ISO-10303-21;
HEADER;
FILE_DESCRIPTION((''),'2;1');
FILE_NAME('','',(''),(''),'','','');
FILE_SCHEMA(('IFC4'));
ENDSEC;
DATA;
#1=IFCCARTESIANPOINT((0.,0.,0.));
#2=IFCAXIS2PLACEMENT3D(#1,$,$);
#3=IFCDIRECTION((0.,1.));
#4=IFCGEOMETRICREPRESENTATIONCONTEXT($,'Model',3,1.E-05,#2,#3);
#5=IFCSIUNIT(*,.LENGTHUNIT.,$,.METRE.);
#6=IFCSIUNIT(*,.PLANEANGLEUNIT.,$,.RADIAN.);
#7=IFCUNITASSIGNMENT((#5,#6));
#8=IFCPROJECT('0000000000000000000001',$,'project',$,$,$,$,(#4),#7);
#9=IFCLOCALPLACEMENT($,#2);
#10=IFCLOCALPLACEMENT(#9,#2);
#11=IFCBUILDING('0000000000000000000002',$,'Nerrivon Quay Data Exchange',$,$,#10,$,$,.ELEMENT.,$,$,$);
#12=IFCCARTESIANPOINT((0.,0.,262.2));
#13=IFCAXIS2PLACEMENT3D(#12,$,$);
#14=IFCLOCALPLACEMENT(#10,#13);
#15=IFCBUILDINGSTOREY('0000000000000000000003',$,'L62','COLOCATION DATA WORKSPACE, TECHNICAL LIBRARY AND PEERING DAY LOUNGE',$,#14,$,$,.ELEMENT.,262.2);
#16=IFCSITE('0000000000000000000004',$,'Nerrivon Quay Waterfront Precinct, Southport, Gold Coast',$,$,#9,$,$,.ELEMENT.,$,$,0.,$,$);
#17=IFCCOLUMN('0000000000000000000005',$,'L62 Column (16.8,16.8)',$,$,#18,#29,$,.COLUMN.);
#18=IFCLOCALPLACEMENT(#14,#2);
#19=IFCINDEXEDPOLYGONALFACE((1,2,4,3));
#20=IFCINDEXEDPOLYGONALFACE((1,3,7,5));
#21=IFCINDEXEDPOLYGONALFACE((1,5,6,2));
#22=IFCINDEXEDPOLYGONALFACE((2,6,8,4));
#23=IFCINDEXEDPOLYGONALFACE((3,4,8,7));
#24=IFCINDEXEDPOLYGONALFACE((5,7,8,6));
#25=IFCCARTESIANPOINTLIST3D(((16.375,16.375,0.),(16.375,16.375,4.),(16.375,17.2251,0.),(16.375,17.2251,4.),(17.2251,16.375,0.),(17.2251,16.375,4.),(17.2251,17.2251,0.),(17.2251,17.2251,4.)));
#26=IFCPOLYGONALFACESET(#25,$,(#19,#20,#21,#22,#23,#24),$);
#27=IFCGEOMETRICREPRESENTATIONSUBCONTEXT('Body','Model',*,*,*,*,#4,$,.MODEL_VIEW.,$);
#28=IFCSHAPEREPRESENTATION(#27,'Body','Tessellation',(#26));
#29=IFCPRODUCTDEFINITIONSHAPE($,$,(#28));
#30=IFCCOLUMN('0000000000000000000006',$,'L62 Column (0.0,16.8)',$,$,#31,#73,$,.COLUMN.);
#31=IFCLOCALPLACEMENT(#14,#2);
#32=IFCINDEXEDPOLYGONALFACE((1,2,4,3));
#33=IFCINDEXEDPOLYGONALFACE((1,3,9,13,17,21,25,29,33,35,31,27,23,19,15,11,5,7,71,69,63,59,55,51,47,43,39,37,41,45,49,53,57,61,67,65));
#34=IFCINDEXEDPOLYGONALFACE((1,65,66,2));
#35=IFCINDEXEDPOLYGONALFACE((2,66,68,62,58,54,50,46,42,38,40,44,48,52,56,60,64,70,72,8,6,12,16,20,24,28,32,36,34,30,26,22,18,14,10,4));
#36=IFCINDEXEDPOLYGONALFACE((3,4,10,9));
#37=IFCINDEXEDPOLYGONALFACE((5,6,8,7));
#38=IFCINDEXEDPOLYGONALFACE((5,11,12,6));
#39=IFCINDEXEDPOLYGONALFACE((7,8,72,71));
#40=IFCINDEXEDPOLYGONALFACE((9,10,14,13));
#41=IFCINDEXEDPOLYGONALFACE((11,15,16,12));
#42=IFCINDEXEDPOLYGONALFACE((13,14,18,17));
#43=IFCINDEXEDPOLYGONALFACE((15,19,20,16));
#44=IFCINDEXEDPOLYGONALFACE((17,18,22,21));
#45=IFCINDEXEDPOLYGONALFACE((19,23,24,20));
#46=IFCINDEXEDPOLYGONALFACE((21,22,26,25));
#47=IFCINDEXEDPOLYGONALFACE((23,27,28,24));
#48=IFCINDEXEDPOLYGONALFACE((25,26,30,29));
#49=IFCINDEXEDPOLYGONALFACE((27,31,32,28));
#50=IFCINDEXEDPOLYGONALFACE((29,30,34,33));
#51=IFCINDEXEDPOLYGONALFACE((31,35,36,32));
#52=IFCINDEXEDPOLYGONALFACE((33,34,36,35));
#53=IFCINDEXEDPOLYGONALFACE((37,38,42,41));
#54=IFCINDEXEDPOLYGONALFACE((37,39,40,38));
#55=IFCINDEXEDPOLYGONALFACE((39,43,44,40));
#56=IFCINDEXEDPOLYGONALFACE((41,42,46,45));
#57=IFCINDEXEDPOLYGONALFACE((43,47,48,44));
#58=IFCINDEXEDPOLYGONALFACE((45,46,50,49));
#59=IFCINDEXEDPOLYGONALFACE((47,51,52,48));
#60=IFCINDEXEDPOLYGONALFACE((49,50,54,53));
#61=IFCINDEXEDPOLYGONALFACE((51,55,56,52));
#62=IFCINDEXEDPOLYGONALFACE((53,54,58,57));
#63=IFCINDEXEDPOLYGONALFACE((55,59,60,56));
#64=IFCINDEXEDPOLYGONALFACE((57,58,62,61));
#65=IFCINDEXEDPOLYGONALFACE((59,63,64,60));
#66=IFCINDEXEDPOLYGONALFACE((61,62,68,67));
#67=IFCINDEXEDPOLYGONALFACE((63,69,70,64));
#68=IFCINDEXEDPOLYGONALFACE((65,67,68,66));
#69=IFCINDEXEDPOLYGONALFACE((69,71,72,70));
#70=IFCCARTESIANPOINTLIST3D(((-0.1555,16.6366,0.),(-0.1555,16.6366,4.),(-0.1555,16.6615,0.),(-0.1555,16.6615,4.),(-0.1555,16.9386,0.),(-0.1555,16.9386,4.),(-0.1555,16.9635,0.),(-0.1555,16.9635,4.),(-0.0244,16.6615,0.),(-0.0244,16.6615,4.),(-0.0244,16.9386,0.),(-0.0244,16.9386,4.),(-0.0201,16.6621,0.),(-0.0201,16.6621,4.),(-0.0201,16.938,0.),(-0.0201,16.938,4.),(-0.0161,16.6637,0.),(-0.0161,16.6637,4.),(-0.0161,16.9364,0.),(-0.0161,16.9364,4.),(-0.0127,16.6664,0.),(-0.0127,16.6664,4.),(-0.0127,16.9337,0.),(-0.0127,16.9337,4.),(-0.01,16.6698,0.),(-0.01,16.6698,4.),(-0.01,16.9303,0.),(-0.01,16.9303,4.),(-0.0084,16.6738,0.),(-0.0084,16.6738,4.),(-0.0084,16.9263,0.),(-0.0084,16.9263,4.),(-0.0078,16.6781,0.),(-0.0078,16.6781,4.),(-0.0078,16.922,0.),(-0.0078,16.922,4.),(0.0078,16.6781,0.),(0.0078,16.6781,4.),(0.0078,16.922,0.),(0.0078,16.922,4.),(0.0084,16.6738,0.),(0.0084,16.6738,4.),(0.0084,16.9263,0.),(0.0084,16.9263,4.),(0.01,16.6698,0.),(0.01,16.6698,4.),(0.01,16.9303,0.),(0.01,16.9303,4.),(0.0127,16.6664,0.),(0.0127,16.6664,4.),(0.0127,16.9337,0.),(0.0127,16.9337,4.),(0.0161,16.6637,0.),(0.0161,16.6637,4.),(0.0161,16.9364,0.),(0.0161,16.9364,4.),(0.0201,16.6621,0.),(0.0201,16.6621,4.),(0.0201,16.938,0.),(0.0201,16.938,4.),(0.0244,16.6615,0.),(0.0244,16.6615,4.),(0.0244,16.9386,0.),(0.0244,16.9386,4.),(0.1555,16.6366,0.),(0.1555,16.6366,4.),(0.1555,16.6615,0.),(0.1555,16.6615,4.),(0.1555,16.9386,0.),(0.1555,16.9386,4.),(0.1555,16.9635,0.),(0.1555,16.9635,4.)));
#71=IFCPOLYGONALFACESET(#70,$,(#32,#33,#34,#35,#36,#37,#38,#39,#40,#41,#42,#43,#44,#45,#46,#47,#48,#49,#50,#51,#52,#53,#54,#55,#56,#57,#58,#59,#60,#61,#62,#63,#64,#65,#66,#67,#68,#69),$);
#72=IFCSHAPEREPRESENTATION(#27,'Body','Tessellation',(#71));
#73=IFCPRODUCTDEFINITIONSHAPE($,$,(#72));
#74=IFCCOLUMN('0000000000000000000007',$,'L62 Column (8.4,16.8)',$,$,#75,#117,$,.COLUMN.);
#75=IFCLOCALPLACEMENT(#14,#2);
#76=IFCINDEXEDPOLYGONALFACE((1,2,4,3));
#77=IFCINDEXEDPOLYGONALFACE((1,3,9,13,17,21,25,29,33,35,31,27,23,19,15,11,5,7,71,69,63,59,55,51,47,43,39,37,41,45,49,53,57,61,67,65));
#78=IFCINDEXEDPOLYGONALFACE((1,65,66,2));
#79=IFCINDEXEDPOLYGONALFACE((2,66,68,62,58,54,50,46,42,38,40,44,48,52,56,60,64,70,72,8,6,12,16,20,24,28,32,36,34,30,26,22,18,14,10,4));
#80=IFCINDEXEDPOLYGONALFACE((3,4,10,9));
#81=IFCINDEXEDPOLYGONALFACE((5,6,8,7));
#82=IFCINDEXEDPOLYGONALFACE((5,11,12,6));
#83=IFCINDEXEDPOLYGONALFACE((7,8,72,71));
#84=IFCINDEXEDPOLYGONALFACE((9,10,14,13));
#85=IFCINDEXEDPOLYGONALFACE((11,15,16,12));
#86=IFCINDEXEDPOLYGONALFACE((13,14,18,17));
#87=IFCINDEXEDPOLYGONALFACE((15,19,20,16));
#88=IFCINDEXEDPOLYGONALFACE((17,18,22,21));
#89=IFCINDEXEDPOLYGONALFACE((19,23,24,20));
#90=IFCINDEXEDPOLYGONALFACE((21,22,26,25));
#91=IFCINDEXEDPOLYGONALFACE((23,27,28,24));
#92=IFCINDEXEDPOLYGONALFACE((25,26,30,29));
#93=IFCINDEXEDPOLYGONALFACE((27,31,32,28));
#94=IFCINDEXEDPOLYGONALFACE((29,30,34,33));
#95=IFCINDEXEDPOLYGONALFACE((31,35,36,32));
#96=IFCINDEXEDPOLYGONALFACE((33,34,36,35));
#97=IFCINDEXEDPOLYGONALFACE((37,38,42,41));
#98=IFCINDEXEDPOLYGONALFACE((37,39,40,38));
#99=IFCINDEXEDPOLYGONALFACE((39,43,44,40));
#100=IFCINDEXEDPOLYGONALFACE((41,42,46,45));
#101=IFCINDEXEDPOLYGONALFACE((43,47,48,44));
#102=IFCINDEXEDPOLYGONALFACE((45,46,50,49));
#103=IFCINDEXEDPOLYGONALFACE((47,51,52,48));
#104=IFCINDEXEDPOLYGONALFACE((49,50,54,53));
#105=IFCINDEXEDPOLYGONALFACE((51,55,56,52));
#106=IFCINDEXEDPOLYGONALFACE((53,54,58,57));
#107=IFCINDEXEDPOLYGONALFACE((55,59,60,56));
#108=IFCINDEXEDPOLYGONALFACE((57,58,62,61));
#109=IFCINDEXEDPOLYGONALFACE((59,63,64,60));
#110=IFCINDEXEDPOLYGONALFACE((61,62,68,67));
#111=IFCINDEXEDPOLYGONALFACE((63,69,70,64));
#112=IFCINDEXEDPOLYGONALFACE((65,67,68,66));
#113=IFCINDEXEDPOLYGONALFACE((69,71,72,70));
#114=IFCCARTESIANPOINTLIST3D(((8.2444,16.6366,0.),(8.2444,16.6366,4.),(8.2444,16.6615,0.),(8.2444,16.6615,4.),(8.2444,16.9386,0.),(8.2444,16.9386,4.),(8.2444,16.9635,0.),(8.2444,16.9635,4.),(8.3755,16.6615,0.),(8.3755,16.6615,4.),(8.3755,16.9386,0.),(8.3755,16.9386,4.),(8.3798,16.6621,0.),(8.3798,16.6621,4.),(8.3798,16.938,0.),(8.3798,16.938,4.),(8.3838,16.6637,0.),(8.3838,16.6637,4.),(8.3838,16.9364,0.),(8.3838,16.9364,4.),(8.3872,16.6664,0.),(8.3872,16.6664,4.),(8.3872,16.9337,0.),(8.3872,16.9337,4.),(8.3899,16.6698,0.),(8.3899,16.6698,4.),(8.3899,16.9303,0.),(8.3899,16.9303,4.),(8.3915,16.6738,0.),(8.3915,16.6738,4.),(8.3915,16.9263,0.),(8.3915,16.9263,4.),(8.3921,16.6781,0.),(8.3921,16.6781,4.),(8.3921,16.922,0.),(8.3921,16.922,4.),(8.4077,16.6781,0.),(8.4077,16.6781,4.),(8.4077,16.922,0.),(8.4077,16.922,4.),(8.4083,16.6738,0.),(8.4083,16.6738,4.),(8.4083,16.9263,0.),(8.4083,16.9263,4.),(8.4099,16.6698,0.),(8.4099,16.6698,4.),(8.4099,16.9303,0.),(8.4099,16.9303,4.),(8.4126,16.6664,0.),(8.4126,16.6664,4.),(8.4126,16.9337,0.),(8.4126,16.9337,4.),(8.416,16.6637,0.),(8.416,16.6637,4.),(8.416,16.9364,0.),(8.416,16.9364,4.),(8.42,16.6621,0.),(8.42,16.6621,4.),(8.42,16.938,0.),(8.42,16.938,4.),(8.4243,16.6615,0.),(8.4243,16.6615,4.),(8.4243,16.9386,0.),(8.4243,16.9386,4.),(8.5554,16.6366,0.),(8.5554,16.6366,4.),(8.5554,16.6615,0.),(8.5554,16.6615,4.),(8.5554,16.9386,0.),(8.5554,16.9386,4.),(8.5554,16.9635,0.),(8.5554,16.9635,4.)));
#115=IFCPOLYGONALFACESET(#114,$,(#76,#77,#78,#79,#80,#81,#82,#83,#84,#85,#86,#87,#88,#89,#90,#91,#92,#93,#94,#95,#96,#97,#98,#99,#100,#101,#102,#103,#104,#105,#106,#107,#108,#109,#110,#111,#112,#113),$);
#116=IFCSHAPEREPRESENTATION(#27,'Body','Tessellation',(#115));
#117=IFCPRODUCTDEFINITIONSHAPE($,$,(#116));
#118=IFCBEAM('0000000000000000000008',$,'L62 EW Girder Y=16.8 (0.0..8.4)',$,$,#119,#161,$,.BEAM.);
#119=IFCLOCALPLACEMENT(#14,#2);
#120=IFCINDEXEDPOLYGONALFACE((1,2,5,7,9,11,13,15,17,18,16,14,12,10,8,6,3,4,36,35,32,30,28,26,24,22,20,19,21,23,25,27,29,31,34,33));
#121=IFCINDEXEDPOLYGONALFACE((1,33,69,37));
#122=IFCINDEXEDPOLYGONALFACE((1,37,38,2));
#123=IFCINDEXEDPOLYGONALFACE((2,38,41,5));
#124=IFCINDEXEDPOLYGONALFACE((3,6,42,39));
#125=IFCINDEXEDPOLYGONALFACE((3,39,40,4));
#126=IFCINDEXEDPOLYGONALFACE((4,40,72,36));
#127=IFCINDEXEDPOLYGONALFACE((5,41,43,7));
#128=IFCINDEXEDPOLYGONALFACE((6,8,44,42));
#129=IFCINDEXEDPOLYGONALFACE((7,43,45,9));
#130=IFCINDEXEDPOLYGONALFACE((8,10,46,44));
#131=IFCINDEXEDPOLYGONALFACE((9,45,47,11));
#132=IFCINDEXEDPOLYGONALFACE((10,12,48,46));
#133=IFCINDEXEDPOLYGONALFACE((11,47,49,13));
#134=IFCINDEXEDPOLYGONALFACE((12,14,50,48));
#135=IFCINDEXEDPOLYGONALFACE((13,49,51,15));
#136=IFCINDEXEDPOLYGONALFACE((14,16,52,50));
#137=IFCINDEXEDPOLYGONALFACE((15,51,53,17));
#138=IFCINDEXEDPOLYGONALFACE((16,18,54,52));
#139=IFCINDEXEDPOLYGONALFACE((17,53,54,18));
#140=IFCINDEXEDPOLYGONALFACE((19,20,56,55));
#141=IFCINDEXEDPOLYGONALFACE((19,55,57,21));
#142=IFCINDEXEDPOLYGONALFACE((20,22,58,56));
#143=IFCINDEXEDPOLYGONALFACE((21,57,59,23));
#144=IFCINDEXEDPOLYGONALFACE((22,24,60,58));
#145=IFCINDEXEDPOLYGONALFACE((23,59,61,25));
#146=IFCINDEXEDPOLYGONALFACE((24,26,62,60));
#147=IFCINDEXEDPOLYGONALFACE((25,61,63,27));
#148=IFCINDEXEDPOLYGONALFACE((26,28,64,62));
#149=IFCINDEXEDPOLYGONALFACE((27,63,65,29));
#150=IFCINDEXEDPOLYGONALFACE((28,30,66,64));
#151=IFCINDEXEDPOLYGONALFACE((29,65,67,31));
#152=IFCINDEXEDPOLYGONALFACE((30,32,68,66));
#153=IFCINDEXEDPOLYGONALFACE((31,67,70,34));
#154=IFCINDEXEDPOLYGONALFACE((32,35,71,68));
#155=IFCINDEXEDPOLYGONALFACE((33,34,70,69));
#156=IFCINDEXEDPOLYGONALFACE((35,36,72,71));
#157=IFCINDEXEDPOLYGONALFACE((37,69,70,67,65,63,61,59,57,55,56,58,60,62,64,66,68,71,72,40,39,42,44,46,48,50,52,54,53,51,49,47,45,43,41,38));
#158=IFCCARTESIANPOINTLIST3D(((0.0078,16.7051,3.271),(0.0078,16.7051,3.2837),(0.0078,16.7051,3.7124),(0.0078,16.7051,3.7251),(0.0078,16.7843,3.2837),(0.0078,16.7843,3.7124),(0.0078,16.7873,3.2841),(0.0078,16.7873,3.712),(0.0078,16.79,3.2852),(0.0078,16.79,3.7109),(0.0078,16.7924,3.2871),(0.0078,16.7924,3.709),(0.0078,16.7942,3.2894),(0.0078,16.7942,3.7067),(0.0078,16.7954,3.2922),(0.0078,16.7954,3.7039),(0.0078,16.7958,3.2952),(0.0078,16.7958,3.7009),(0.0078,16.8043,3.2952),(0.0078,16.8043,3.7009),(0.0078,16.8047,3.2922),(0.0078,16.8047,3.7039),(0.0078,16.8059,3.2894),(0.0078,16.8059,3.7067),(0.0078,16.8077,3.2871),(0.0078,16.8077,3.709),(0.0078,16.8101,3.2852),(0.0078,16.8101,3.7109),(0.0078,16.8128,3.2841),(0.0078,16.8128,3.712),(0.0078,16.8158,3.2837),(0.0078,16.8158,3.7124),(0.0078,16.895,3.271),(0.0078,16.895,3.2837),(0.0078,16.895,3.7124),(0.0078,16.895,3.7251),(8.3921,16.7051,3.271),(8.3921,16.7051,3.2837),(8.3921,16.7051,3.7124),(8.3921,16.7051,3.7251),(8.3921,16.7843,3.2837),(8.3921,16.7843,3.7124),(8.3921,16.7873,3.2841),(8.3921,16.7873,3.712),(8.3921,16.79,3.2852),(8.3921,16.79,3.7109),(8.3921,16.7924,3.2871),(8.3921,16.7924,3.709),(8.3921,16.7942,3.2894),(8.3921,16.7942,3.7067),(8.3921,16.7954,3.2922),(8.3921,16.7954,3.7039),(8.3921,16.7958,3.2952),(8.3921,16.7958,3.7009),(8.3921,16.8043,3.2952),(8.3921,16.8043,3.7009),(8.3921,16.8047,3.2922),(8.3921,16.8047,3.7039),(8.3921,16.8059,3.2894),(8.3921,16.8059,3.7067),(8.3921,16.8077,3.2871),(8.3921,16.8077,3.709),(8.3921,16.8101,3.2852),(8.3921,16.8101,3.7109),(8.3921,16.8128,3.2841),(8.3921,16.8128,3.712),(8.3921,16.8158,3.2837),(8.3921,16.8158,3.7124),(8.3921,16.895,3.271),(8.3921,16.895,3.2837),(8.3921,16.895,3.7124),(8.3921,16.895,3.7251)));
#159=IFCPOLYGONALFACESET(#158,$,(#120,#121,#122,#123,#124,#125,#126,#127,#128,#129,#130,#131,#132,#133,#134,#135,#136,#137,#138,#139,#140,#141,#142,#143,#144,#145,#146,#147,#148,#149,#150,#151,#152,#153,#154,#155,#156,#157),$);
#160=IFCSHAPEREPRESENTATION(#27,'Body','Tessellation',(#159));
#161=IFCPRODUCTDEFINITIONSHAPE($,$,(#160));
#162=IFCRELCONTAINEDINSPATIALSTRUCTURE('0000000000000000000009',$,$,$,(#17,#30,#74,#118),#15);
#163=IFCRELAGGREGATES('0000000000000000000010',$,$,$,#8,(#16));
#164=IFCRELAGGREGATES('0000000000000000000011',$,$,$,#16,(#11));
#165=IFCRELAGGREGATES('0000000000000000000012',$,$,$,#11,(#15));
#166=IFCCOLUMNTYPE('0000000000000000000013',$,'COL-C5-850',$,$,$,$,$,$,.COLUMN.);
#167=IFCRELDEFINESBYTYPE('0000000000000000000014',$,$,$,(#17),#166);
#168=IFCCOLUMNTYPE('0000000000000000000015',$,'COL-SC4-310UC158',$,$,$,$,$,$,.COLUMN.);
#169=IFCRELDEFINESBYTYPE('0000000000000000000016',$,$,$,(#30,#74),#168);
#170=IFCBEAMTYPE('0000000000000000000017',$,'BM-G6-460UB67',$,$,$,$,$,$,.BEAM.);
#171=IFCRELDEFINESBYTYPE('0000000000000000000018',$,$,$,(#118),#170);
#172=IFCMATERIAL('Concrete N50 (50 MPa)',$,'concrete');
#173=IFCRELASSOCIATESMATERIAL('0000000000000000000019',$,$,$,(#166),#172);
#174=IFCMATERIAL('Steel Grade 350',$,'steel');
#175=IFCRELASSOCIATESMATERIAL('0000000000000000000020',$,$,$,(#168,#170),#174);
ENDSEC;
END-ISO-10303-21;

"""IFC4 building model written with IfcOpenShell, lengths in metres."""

from ifc_helpers import new_model, si_unit, direction, frame, origin, origin_2d, place, context, subcontext, project, spatial, rectangle, i_section, extrude, material, material_profile, profile_set, type_object, element, save


model = new_model("IFC4")

# Units and contexts
model_context = context("Model", 3, precision=1e-05, world=origin(), true_north=direction((0.0, 1.0)))
body_context = subcontext(model_context, "Body", "Model", "MODEL_VIEW")
ifc_project = project(units=[si_unit("LENGTHUNIT", "METRE"), si_unit("PLANEANGLEUNIT", "RADIAN")], contexts=[model_context])

# Site, building, storey
site_placement = place(None, origin())
site = spatial("IfcSite", under=ifc_project, at=site_placement, Name="Nerrivon Quay Waterfront Precinct, Southport, Gold Coast", CompositionType="ELEMENT", RefElevation=0.0)
building_placement = place(site_placement, origin())
building = spatial("IfcBuilding", under=site, at=building_placement, Name="Nerrivon Quay Data Exchange", CompositionType="ELEMENT")
storey_placement = place(building_placement, frame((0.0, 0.0, 262.2)))
storey = spatial("IfcBuildingStorey", under=building, at=storey_placement, Name="L62", Description="COLOCATION DATA WORKSPACE, TECHNICAL LIBRARY AND PEERING DAY LOUNGE", CompositionType="ELEMENT", Elevation=262.2)

# Columns
ifc_material_1 = material(Name="Concrete N50 (50 MPa)", Category="concrete")
ifc_material_profile_1 = material_profile(ifc_material_1, rectangle(XDim=0.8501, YDim=0.8501, at=origin_2d()), Name="RC-COL-850x850")
ifc_profile_set_1 = profile_set([ifc_material_profile_1], Name="Concrete N50 (50 MPa)")
column_type_1 = type_object("IfcColumnType", Name="COL-C5-850", PredefinedType="COLUMN", material=ifc_profile_set_1)
column_placement = place(storey_placement, frame((16.8, 16.8, 0.0), z_axis=(0.0, 0.0, 1.0), x_axis=(1.0, 0.0, 0.0)))
element("IfcColumn", 1, at=column_placement, inside=storey, type_object=column_type_1, Name="L62 Column (16.8,16.8)", PredefinedType="COLUMN", context=body_context, shape_type="SweptSolid", body=[
    extrude(rectangle(XDim=0.8501, YDim=0.8501, at=origin_2d()), origin(), (0.0, 0.0, 1.0), 4.0),
])
ifc_material_2 = material(Name="Steel Grade 350", Category="steel")
ifc_material_profile_2 = material_profile(ifc_material_2, i_section(OverallWidth=0.311, OverallDepth=0.3269, WebThickness=0.0156, FlangeThickness=0.0249, FilletRadius=0.0166, at=origin_2d()), Name="310UC158")
ifc_profile_set_2 = profile_set([ifc_material_profile_2], Name="Steel Grade 350")
column_type_2 = type_object("IfcColumnType", Name="COL-SC4-310UC158", PredefinedType="COLUMN", material=ifc_profile_set_2)
for number, where, z_axis, x_axis, name in (
    (2, (0.0, 16.8, 0.0), (0.0, 0.0, 1.0), (1.0, 0.0, 0.0), "L62 Column (0.0,16.8)"),
    (3, (8.3999, 16.8, 0.0), (0.0, 0.0, 1.0), (1.0, 0.0, 0.0), "L62 Column (8.4,16.8)"),
):
    element("IfcColumn", number, at=place(storey_placement, frame(where, z_axis=z_axis, x_axis=x_axis)), inside=storey, type_object=column_type_2, Name=name, PredefinedType="COLUMN", context=body_context, shape_type="SweptSolid", body=[
        extrude(i_section(OverallWidth=0.311, OverallDepth=0.3269, WebThickness=0.0156, FlangeThickness=0.0249, FilletRadius=0.0166, at=origin_2d()), origin(), (0.0, 0.0, 1.0), 4.0),
    ])

# Beam
ifc_material_profile_3 = material_profile(ifc_material_2, i_section(OverallWidth=0.1899, OverallDepth=0.4541, WebThickness=0.0085, FlangeThickness=0.0127, FilletRadius=0.0115, at=origin_2d()), Name="460UB67.1")
ifc_profile_set_3 = profile_set([ifc_material_profile_3], Name="Steel Grade 350")
beam_type_1 = type_object("IfcBeamType", Name="BM-G6-460UB67", PredefinedType="BEAM", material=ifc_profile_set_3)
beam_1_placement = place(storey_placement, frame((0.0078, 16.8, 3.498), z_axis=(1.0, 0.0, 0.0), x_axis=(0.0, 1.0, 0.0)))
element("IfcBeam", 4, at=beam_1_placement, inside=storey, type_object=beam_type_1, Name="L62 EW Girder Y=16.8 (0.0..8.4)", PredefinedType="BEAM", context=body_context, shape_type="SweptSolid", body=[
    extrude(i_section(OverallWidth=0.1899, OverallDepth=0.4541, WebThickness=0.0085, FlangeThickness=0.0127, FilletRadius=0.0115, at=origin_2d()), origin(), (0.0, 0.0, 1.0), 8.3843),
])

save(model, "model.ifc")
